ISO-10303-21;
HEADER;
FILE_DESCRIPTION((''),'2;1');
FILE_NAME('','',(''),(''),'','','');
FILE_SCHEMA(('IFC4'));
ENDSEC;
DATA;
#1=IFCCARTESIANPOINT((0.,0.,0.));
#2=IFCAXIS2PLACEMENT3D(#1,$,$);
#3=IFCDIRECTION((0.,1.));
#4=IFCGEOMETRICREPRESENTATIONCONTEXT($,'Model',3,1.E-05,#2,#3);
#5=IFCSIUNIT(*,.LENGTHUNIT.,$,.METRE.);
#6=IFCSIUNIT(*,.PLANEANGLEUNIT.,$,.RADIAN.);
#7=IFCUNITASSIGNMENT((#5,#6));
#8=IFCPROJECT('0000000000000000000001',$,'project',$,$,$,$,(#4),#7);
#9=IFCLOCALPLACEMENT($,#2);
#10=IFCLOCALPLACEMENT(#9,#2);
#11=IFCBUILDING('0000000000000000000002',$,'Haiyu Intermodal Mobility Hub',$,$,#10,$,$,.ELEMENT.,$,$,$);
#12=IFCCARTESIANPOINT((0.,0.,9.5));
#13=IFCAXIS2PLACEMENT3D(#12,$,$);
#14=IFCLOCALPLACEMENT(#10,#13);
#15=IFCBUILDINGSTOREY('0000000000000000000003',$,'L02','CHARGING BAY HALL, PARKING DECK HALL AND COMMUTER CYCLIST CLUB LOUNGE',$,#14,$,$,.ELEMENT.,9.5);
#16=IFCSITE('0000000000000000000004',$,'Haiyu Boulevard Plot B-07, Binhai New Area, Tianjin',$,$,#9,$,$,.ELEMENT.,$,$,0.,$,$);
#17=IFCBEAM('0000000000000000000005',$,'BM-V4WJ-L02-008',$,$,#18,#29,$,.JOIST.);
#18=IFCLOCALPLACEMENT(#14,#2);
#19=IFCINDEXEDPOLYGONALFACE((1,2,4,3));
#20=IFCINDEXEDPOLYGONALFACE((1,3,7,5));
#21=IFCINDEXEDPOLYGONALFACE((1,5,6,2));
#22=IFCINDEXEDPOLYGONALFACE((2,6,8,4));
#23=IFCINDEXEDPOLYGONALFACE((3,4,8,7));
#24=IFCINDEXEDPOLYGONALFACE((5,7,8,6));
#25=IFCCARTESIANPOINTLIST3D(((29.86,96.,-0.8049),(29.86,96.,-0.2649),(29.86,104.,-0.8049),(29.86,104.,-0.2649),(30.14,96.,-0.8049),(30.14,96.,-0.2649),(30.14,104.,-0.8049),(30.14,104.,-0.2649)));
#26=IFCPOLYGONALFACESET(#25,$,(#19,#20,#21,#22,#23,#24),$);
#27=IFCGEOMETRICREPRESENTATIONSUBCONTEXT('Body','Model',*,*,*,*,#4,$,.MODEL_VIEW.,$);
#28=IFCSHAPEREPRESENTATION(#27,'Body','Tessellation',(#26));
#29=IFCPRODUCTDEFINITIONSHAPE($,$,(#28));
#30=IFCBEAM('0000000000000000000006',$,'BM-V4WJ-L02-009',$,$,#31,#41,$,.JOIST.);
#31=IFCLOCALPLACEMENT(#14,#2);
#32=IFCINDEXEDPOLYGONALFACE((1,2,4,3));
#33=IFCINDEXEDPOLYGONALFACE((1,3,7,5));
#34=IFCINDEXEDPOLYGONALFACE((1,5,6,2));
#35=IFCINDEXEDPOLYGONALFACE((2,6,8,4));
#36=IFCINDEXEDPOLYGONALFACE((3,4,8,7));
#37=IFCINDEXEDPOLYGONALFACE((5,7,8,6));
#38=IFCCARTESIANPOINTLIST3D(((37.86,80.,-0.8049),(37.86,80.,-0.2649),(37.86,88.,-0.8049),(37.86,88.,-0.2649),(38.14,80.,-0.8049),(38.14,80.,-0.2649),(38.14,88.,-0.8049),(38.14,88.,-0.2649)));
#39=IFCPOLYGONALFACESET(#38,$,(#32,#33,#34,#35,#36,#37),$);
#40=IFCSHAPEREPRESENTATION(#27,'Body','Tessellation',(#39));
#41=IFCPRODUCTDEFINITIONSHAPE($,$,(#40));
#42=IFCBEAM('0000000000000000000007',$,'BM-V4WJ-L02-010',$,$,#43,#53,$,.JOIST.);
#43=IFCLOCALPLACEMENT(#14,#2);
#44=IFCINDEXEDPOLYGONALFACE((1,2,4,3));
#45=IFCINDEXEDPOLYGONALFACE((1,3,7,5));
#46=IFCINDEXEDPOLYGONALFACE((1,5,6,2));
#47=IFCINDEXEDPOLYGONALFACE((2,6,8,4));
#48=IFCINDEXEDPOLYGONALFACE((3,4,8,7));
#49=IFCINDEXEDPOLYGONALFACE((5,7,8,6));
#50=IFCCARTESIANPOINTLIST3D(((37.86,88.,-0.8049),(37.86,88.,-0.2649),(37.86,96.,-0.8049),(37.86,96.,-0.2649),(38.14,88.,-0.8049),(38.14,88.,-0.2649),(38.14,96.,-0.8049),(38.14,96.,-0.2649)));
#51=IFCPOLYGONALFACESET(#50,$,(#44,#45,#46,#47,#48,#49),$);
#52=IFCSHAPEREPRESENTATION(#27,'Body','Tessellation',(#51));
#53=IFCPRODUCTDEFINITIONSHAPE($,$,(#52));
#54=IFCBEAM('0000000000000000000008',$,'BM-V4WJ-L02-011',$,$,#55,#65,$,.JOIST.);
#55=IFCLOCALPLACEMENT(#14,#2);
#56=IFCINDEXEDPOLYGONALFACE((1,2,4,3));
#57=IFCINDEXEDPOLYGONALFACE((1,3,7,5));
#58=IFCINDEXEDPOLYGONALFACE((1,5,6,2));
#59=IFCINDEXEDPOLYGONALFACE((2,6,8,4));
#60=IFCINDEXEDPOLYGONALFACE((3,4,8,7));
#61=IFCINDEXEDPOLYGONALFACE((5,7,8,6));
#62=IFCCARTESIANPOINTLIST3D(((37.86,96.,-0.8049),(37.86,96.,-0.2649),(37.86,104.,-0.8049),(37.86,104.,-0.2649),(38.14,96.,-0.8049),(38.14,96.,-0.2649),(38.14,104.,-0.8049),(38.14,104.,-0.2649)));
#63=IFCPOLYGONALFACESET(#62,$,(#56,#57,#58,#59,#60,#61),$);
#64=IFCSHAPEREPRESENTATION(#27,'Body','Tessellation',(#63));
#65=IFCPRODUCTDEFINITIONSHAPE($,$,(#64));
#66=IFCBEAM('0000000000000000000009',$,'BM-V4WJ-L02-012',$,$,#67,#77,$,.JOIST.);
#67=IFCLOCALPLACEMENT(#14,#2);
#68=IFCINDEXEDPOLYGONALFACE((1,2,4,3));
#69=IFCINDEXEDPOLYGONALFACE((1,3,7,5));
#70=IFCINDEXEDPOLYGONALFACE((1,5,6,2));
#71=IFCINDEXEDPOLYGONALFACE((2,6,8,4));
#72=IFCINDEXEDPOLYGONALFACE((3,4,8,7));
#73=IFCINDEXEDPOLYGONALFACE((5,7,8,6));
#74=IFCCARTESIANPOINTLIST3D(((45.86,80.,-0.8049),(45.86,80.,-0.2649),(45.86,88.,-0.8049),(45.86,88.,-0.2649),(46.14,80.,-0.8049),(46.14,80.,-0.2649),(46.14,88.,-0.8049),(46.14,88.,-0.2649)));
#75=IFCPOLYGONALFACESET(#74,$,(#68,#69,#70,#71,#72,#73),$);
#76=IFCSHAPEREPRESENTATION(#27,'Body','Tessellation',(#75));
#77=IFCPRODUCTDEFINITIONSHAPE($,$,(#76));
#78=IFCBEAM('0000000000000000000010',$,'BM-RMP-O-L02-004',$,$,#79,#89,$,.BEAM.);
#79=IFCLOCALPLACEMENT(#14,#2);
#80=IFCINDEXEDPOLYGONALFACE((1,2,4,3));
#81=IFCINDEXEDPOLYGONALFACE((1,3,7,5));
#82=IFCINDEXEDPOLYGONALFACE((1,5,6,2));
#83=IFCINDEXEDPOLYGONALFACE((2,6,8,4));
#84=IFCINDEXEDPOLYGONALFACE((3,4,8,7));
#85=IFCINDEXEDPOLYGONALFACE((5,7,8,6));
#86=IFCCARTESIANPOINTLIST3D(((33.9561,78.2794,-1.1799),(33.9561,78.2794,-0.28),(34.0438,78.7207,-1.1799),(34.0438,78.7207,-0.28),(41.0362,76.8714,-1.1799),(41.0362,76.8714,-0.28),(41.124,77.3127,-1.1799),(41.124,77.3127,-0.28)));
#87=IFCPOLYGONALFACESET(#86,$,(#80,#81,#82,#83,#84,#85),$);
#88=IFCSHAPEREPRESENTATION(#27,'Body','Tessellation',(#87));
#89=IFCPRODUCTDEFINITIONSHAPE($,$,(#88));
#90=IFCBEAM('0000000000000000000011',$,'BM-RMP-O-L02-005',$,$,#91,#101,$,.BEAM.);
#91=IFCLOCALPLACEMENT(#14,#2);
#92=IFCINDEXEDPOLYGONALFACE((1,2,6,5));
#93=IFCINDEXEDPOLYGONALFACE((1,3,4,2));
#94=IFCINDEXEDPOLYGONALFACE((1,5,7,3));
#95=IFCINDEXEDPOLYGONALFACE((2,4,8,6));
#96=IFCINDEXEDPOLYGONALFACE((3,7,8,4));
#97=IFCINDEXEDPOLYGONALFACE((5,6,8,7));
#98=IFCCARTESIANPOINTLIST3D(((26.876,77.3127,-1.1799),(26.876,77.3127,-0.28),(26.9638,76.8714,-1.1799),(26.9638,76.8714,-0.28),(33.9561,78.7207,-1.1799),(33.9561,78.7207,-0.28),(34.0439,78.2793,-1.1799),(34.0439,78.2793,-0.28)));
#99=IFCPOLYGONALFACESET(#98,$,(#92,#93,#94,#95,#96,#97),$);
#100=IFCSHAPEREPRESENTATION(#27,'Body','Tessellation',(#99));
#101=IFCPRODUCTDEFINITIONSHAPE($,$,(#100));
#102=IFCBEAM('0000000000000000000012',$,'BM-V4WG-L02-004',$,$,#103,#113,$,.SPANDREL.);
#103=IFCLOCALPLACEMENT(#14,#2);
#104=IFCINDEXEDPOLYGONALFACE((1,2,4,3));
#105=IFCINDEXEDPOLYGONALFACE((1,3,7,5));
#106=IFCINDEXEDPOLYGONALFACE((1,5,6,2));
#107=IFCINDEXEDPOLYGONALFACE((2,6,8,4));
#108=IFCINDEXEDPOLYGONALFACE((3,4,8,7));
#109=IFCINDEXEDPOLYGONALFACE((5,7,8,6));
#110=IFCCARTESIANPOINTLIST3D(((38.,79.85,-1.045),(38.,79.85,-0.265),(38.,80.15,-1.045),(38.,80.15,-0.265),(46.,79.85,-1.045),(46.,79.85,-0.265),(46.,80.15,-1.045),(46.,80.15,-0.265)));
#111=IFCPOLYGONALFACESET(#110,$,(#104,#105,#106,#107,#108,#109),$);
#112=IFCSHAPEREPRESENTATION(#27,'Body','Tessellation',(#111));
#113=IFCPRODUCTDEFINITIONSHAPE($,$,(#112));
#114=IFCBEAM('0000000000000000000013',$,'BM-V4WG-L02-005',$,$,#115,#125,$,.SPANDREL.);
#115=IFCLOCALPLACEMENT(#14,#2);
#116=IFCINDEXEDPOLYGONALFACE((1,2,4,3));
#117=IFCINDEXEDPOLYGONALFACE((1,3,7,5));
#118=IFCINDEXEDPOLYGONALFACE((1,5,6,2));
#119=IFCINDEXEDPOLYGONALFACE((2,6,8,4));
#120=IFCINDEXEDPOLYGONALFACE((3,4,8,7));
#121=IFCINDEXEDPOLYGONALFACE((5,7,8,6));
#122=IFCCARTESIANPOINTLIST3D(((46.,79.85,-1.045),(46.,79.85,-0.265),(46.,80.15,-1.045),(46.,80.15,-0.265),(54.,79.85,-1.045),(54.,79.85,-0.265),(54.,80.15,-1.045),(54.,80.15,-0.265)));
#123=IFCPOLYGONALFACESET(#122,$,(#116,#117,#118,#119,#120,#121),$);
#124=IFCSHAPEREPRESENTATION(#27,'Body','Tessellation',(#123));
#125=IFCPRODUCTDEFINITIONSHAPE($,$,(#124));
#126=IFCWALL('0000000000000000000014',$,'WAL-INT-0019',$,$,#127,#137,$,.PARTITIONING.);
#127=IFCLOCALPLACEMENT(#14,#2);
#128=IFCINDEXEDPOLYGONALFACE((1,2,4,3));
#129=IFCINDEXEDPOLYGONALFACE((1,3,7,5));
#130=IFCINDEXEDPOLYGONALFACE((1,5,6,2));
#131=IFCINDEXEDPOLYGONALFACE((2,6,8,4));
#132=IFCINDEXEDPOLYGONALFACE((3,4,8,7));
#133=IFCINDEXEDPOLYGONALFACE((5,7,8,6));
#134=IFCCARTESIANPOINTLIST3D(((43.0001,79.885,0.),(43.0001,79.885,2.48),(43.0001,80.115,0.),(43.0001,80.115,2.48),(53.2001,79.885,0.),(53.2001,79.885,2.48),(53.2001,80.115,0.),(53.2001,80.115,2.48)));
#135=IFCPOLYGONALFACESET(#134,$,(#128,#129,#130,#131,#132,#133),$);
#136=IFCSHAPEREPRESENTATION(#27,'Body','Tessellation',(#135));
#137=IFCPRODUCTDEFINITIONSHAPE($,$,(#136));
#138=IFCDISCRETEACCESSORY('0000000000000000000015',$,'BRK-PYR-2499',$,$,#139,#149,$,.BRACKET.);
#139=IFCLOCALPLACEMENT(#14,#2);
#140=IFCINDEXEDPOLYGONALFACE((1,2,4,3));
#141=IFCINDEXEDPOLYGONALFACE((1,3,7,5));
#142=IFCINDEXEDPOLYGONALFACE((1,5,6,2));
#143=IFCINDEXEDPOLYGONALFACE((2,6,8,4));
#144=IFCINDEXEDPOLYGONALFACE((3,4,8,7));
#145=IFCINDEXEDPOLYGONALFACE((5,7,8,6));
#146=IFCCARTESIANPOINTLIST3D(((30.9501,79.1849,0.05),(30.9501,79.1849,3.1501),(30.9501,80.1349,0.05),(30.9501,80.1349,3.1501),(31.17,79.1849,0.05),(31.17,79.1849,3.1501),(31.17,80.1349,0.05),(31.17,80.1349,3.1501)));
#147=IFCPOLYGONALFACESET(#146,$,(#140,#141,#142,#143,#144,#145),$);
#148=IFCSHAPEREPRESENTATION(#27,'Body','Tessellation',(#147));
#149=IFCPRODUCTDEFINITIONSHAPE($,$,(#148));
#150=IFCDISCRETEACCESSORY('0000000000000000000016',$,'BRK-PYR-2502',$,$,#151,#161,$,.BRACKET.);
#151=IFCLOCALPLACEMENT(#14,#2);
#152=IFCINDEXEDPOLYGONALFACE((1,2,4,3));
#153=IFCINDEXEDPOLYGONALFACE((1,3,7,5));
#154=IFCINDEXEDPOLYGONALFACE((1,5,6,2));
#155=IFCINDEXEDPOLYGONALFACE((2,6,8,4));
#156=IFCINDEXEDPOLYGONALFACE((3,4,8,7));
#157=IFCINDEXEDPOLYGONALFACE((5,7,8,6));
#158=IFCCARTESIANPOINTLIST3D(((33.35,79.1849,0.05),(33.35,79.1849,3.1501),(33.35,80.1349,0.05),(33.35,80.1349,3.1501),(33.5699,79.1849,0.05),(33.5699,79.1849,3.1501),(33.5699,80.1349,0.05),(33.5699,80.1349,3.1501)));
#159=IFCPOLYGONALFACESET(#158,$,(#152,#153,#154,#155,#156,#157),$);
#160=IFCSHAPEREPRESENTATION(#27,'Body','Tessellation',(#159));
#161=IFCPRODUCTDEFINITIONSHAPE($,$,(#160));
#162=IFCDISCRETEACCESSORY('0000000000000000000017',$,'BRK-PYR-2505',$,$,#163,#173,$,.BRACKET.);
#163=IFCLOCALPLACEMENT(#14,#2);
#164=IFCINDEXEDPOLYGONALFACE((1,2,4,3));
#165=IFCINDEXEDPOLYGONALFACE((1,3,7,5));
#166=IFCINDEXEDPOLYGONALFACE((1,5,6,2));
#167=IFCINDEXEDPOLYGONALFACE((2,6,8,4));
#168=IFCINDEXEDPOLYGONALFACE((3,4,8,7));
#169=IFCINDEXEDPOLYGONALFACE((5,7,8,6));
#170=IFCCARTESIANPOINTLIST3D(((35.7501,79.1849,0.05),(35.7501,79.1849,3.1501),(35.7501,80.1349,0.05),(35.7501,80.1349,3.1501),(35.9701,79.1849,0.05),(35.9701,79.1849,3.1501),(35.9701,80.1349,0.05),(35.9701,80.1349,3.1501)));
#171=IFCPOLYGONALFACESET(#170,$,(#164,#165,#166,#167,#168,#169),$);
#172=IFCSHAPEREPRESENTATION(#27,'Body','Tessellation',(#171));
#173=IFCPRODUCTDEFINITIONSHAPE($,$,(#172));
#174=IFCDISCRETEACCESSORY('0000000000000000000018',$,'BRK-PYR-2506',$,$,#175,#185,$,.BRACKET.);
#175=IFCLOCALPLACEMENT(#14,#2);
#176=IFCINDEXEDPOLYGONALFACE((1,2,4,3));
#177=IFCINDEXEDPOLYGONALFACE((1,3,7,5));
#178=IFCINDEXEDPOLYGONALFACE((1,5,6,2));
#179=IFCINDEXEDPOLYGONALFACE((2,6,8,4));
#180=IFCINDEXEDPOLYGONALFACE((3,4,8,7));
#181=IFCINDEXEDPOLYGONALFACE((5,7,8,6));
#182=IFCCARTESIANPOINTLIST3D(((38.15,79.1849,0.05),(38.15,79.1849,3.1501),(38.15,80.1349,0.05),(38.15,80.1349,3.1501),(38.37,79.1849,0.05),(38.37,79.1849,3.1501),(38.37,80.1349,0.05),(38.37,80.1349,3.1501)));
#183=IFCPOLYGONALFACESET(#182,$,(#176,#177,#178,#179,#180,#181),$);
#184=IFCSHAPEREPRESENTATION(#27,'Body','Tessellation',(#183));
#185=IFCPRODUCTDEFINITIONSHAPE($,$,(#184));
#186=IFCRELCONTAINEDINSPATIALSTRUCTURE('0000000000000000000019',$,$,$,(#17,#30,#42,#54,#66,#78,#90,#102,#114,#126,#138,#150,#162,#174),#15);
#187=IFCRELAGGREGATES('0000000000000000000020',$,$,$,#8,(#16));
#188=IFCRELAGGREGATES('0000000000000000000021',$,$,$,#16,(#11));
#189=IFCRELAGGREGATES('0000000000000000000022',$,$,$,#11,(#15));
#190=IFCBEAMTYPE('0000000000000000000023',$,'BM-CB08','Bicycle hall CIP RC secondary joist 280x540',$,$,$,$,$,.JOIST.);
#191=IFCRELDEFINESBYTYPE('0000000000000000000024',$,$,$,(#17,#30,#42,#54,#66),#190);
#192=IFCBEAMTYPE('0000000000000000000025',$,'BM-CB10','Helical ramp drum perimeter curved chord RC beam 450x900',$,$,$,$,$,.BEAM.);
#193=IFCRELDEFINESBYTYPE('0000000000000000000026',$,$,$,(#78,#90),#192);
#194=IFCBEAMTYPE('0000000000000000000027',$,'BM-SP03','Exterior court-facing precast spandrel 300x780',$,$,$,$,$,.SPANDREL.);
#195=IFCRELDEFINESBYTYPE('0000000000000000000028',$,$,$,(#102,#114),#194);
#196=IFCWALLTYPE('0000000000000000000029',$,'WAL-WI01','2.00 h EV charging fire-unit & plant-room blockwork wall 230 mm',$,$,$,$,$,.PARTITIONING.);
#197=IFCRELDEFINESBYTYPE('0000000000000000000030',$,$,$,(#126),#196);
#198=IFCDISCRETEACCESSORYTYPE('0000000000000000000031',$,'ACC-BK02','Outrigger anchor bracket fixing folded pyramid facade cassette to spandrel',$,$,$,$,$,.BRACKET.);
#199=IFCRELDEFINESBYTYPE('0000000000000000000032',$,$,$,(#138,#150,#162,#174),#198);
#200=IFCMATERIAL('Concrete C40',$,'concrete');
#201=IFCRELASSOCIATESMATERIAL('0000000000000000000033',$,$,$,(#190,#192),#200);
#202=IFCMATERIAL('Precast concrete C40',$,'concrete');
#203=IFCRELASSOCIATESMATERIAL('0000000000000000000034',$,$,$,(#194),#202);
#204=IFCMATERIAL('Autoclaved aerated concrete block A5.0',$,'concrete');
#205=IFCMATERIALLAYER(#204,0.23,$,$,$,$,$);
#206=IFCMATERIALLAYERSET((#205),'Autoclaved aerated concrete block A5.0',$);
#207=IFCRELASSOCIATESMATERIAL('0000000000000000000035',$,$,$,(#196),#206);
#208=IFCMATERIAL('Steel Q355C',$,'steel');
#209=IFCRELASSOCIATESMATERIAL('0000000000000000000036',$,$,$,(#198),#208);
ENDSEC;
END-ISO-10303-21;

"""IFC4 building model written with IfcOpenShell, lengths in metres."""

from ifc_helpers import new_model, si_unit, direction, frame, frame_2d, origin, origin_2d, place, context, subcontext, project, spatial, rectangle, extrude, material, layer, layer_set, material_profile, profile_set, type_object, element, save


model = new_model("IFC4")

# Units and contexts
model_context = context("Model", 3, precision=1e-05, world=origin(), true_north=direction((0.0, 1.0)))
body_context = subcontext(model_context, "Body", "Model", "MODEL_VIEW")
ifc_project = project(units=[si_unit("LENGTHUNIT", "METRE"), si_unit("PLANEANGLEUNIT", "RADIAN")], contexts=[model_context])

# Site, building, storey
site_placement = place(None, origin())
site = spatial("IfcSite", under=ifc_project, at=site_placement, Name="Haiyu Boulevard Plot B-07, Binhai New Area, Tianjin", CompositionType="ELEMENT", RefElevation=0.0)
building_placement = place(site_placement, origin())
building = spatial("IfcBuilding", under=site, at=building_placement, Name="Haiyu Intermodal Mobility Hub", CompositionType="ELEMENT")
storey_placement = place(building_placement, frame((0.0, 0.0, 9.5)))
storey = spatial("IfcBuildingStorey", under=building, at=storey_placement, Name="L02", Description="CHARGING BAY HALL, PARKING DECK HALL AND COMMUTER CYCLIST CLUB LOUNGE", CompositionType="ELEMENT", Elevation=9.5)

# Shared definitions
ifc_material_1 = material(Name="Precast concrete C40", Category="concrete")
ifc_material_2 = material(Name="Concrete C40", Category="concrete")

# Beams
ifc_material_profile_1 = material_profile(ifc_material_2, rectangle(XDim=0.28, YDim=0.54, at=origin_2d()), Name="RCB280x540")
ifc_profile_set_1 = profile_set([ifc_material_profile_1], Name="Concrete C40")
beam_type_1 = type_object("IfcBeamType", Name="BM-CB08", Description="Bicycle hall CIP RC secondary joist 280x540", PredefinedType="JOIST", material=ifc_profile_set_1)
for number, where, z_axis, x_axis, name in (
    (1, (30.0, 96.0, -0.5349), (0.0, 1.0, 0.0), (-1.0, 0.0, 0.0), "BM-V4WJ-L02-008"),
    (2, (38.0, 80.0, -0.5349), (0.0, 1.0, 0.0), (-1.0, 0.0, 0.0), "BM-V4WJ-L02-009"),
    (3, (38.0, 88.0, -0.5349), (0.0, 1.0, 0.0), (-1.0, 0.0, 0.0), "BM-V4WJ-L02-010"),
    (4, (38.0, 96.0, -0.5349), (0.0, 1.0, 0.0), (-1.0, 0.0, 0.0), "BM-V4WJ-L02-011"),
    (5, (46.0, 80.0, -0.5349), (0.0, 1.0, 0.0), (-1.0, 0.0, 0.0), "BM-V4WJ-L02-012"),
):
    element("IfcBeam", number, at=place(storey_placement, frame(where, z_axis=z_axis, x_axis=x_axis)), inside=storey, type_object=beam_type_1, Name=name, PredefinedType="JOIST", context=body_context, shape_type="SweptSolid", body=[
        extrude(rectangle(XDim=0.28, YDim=0.54, at=origin_2d()), origin(), (0.0, 0.0, 1.0), 8.0),
    ])
ifc_material_profile_2 = material_profile(ifc_material_2, rectangle(XDim=0.45, YDim=0.8999, at=origin_2d()), Name="RCB450x900")
ifc_profile_set_2 = profile_set([ifc_material_profile_2], Name="Concrete C40")
beam_type_2 = type_object("IfcBeamType", Name="BM-CB10", Description="Helical ramp drum perimeter curved chord RC beam 450x900", PredefinedType="BEAM", material=ifc_profile_set_2)
for number, where, z_axis, x_axis, name in (
    (6, (41.0801, 77.092, -0.73), (-0.980795, 0.195043, 0.0), (-0.195043, -0.980795, 0.0), "BM-RMP-O-L02-004"),
    (7, (34.0, 78.5, -0.73), (-0.980795, -0.195043, 0.0), (0.195043, -0.980795, 0.0), "BM-RMP-O-L02-005"),
):
    element("IfcBeam", number, at=place(storey_placement, frame(where, z_axis=z_axis, x_axis=x_axis)), inside=storey, type_object=beam_type_2, Name=name, PredefinedType="BEAM", context=body_context, shape_type="SweptSolid", body=[
        extrude(rectangle(XDim=0.45, YDim=0.8999, at=origin_2d()), origin(), (0.0, 0.0, 1.0), 7.2188),
    ])
ifc_material_profile_3 = material_profile(ifc_material_1, rectangle(XDim=0.3, YDim=0.78, at=origin_2d()), Name="PC300x780")
ifc_profile_set_3 = profile_set([ifc_material_profile_3], Name="Precast concrete C40")
beam_type_3 = type_object("IfcBeamType", Name="BM-SP03", Description="Exterior court-facing precast spandrel 300x780", PredefinedType="SPANDREL", material=ifc_profile_set_3)
for number, where, z_axis, x_axis, name in (
    (8, (38.0, 80.0, -0.655), (1.0, 0.0, 0.0), (0.0, 1.0, 0.0), "BM-V4WG-L02-004"),
    (9, (46.0, 80.0, -0.655), (1.0, 0.0, 0.0), (0.0, 1.0, 0.0), "BM-V4WG-L02-005"),
):
    element("IfcBeam", number, at=place(storey_placement, frame(where, z_axis=z_axis, x_axis=x_axis)), inside=storey, type_object=beam_type_3, Name=name, PredefinedType="SPANDREL", context=body_context, shape_type="SweptSolid", body=[
        extrude(rectangle(XDim=0.3, YDim=0.78, at=origin_2d()), origin(), (0.0, 0.0, 1.0), 8.0),
    ])

# Wall
ifc_material_3 = material(Name="Autoclaved aerated concrete block A5.0", Category="concrete")
ifc_layer = layer(ifc_material_3, 0.23)
ifc_layer_set = layer_set([ifc_layer], Name="Autoclaved aerated concrete block A5.0")
wall_type = type_object("IfcWallType", Name="WAL-WI01", Description="2.00 h EV charging fire-unit & plant-room blockwork wall 230 mm", PredefinedType="PARTITIONING", material=ifc_layer_set)
wall_placement = place(storey_placement, frame((43.0, 80.0, 0.0), z_axis=(0.0, 0.0, 1.0), x_axis=(1.0, 0.0, 0.0)))
element("IfcWall", 10, at=wall_placement, inside=storey, type_object=wall_type, Name="WAL-INT-0019", PredefinedType="PARTITIONING", context=body_context, shape_type="SweptSolid", body=[
    extrude(rectangle(XDim=10.2, YDim=0.23, at=frame_2d((5.1001, 0.0))), origin(), (0.0, 0.0, 1.0), 2.48),
])

# Shared definitions
ifc_material_4 = material(Name="Steel Q355C", Category="steel")

# Discrete accessories
discrete_accessory_type = type_object("IfcDiscreteAccessoryType", Name="ACC-BK02", Description="Outrigger anchor bracket fixing folded pyramid facade cassette to spandrel", PredefinedType="BRACKET", material=ifc_material_4)
for number, where, z_axis, x_axis, name in (
    (11, (31.0601, 79.6599, 0.05), (0.0, 0.0, 1.0), (1.0, 0.0, 0.0), "BRK-PYR-2499"),
    (12, (33.46, 79.6599, 0.05), (0.0, 0.0, 1.0), (1.0, 0.0, 0.0), "BRK-PYR-2502"),
    (13, (35.8601, 79.6599, 0.05), (0.0, 0.0, 1.0), (1.0, 0.0, 0.0), "BRK-PYR-2505"),
    (14, (38.26, 79.6599, 0.05), (0.0, 0.0, 1.0), (1.0, 0.0, 0.0), "BRK-PYR-2506"),
):
    element("IfcDiscreteAccessory", number, at=place(storey_placement, frame(where, z_axis=z_axis, x_axis=x_axis)), inside=storey, type_object=discrete_accessory_type, Name=name, PredefinedType="BRACKET", context=body_context, shape_type="SweptSolid", body=[
        extrude(rectangle(XDim=0.22, YDim=0.95, at=origin_2d()), origin(), (0.0, 0.0, 1.0), 3.1001),
    ])

save(model, "model.ifc")
